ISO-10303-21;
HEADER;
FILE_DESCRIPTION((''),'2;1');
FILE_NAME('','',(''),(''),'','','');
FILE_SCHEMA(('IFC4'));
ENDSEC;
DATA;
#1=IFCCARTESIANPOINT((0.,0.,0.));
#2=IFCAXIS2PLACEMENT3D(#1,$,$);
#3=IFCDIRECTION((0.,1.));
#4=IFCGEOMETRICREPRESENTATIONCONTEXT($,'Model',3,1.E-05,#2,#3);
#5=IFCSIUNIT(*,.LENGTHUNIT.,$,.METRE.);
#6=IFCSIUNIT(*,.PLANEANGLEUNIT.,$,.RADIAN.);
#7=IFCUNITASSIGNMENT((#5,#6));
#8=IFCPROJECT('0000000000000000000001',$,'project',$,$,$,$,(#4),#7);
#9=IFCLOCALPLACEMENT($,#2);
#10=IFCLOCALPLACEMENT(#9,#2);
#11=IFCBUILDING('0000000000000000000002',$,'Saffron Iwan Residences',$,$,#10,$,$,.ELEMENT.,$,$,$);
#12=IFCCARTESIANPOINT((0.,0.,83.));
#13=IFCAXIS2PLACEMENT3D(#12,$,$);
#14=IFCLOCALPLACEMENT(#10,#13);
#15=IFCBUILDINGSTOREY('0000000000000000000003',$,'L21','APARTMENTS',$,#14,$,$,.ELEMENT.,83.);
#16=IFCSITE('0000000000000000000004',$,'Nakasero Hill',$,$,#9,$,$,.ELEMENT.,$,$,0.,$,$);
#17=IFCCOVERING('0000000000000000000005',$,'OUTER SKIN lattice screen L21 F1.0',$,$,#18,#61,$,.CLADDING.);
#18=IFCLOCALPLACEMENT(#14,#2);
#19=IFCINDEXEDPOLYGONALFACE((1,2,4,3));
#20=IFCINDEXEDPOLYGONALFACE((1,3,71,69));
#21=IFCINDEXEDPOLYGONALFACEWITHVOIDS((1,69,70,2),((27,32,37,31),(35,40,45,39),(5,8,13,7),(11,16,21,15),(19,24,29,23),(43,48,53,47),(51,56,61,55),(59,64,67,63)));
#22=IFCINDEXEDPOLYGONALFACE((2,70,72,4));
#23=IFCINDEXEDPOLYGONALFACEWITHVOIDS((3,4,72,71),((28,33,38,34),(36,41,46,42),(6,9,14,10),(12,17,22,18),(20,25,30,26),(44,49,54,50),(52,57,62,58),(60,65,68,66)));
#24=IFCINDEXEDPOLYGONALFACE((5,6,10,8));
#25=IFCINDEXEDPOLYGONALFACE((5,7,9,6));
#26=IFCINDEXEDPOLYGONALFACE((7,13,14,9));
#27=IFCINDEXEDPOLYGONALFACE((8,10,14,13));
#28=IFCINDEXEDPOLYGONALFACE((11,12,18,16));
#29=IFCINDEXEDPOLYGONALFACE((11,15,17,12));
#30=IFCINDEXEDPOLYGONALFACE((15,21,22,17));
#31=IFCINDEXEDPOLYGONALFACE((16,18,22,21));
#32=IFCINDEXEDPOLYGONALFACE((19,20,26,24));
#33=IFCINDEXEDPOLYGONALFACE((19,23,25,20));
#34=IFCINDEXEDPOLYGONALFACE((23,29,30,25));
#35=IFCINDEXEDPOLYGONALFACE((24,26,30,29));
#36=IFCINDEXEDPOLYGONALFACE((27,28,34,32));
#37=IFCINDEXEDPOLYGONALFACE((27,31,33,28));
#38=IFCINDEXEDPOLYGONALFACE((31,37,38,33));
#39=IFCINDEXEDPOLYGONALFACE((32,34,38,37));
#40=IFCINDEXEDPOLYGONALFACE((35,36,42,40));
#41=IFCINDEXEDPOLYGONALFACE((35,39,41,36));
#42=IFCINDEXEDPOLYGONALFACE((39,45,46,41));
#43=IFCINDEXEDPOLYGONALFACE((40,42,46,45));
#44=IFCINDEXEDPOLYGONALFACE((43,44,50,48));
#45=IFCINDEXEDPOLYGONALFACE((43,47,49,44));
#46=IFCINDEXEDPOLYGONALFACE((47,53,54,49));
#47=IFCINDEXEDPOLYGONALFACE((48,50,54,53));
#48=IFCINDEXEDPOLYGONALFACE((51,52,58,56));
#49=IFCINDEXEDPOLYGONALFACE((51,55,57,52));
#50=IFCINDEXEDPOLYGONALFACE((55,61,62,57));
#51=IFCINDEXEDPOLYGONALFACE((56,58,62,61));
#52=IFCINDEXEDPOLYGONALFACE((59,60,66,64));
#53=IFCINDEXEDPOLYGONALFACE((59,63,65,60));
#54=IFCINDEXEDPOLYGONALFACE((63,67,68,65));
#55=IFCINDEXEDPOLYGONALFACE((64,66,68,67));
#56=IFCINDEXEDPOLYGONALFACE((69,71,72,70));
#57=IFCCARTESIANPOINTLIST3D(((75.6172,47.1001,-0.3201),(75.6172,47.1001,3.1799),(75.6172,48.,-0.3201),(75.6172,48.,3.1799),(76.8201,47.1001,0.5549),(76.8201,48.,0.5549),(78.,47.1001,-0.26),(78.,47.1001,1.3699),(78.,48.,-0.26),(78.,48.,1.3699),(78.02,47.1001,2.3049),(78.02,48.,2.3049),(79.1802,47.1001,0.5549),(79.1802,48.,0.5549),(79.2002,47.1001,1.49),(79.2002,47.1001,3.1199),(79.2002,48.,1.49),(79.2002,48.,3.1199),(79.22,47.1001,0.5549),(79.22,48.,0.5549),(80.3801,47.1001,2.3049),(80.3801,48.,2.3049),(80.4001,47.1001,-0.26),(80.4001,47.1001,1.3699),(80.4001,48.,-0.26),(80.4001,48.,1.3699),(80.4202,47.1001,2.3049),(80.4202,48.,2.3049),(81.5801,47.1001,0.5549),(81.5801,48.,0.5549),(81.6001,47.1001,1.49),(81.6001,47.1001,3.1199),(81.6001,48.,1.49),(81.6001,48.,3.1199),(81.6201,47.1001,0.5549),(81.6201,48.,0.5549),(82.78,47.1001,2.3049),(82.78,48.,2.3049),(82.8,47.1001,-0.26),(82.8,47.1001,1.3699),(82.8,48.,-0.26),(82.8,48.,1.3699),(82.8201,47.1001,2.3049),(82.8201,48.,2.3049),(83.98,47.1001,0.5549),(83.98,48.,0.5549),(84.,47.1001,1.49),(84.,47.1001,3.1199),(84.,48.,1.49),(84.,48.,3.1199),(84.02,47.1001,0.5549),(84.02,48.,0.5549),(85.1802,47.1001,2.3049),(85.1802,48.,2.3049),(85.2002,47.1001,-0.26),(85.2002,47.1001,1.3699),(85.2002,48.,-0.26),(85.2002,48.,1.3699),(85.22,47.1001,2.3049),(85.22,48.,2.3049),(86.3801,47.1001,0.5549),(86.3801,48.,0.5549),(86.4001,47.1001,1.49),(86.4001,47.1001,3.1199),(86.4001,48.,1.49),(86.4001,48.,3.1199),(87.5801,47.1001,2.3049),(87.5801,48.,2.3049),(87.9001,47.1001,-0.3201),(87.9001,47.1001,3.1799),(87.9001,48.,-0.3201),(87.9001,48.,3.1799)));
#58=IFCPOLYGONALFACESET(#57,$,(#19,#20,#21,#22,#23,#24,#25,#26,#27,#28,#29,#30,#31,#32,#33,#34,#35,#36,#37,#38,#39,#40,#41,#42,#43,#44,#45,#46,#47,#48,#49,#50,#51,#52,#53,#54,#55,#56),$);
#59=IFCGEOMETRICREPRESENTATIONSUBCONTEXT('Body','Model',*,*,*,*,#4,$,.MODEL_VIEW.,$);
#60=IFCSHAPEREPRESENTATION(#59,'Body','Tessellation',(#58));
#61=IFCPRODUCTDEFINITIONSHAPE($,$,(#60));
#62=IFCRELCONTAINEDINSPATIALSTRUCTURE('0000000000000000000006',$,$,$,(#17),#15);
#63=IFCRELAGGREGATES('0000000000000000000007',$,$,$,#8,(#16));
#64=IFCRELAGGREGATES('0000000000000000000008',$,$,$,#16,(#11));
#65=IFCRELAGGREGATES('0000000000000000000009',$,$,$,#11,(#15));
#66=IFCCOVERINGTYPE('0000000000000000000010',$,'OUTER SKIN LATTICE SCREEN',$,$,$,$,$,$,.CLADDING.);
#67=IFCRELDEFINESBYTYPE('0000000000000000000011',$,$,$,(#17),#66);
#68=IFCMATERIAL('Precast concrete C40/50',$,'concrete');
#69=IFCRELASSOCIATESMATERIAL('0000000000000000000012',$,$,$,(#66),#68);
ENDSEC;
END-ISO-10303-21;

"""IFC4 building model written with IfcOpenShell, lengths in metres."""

from ifc_helpers import new_model, si_unit, direction, frame, origin, place, context, subcontext, project, spatial, polyline, outline, extrude, material, type_object, element, save


model = new_model("IFC4")

# Units and contexts
model_context = context("Model", 3, precision=1e-05, world=origin(), true_north=direction((0.0, 1.0)))
body_context = subcontext(model_context, "Body", "Model", "MODEL_VIEW")
ifc_project = project(units=[si_unit("LENGTHUNIT", "METRE"), si_unit("PLANEANGLEUNIT", "RADIAN")], contexts=[model_context])

# Site, building, storey
site_placement = place(None, origin())
site = spatial("IfcSite", under=ifc_project, at=site_placement, Name="Nakasero Hill", CompositionType="ELEMENT", RefElevation=0.0)
building_placement = place(site_placement, origin())
building = spatial("IfcBuilding", under=site, at=building_placement, Name="Saffron Iwan Residences", CompositionType="ELEMENT")
storey_placement = place(building_placement, frame((0.0, 0.0, 83.0)))
storey = spatial("IfcBuildingStorey", under=building, at=storey_placement, Name="L21", Description="APARTMENTS", CompositionType="ELEMENT", Elevation=83.0)

# Covering
ifc_material_1 = material(Name="Precast concrete C40/50", Category="concrete")
covering_type = type_object("IfcCoveringType", Name="OUTER SKIN LATTICE SCREEN", PredefinedType="CLADDING", material=ifc_material_1)
covering_placement = place(storey_placement, frame((75.6172, 48.0, -0.3201), z_axis=(0.0, -1.0, 0.0), x_axis=(1.0, 0.0, 0.0)))
element("IfcCovering", 1, at=covering_placement, inside=storey, type_object=covering_type, Name="OUTER SKIN lattice screen L21 F1.0", PredefinedType="CLADDING", context=body_context, shape_type="SweptSolid", body=[
    extrude(outline(polyline([(0.0, 0.0), (12.283, 0.0), (12.283, 3.5), (0.0, 3.5), (0.0, 0.0)]), holes=[polyline([(1.2029, 0.875), (2.3828, 0.0601), (3.563, 0.875), (2.3828, 1.6899), (1.2029, 0.875)]), polyline([(3.6028, 0.875), (4.783, 0.0601), (5.9629, 0.875), (4.783, 1.6899), (3.6028, 0.875)]), polyline([(6.0029, 0.875), (7.1829, 0.0601), (8.3628, 0.875), (7.1829, 1.6899), (6.0029, 0.875)]), polyline([(8.4028, 0.875), (9.583, 0.0601), (10.7629, 0.875), (9.583, 1.6899), (8.4028, 0.875)]), polyline([(2.4028, 2.625), (3.583, 1.8101), (4.7629, 2.625), (3.583, 3.4399), (2.4028, 2.625)]), polyline([(4.803, 2.625), (5.9829, 1.8101), (7.1628, 2.625), (5.9829, 3.4399), (4.803, 2.625)]), polyline([(7.2029, 2.625), (8.3828, 1.8101), (9.563, 2.625), (8.3828, 3.4399), (7.2029, 2.625)]), polyline([(9.6028, 2.625), (10.783, 1.8101), (11.9629, 2.625), (10.783, 3.4399), (9.6028, 2.625)])]), origin(), (0.0, 0.0, 1.0), 0.8999),
])

save(model, "model.ifc")
